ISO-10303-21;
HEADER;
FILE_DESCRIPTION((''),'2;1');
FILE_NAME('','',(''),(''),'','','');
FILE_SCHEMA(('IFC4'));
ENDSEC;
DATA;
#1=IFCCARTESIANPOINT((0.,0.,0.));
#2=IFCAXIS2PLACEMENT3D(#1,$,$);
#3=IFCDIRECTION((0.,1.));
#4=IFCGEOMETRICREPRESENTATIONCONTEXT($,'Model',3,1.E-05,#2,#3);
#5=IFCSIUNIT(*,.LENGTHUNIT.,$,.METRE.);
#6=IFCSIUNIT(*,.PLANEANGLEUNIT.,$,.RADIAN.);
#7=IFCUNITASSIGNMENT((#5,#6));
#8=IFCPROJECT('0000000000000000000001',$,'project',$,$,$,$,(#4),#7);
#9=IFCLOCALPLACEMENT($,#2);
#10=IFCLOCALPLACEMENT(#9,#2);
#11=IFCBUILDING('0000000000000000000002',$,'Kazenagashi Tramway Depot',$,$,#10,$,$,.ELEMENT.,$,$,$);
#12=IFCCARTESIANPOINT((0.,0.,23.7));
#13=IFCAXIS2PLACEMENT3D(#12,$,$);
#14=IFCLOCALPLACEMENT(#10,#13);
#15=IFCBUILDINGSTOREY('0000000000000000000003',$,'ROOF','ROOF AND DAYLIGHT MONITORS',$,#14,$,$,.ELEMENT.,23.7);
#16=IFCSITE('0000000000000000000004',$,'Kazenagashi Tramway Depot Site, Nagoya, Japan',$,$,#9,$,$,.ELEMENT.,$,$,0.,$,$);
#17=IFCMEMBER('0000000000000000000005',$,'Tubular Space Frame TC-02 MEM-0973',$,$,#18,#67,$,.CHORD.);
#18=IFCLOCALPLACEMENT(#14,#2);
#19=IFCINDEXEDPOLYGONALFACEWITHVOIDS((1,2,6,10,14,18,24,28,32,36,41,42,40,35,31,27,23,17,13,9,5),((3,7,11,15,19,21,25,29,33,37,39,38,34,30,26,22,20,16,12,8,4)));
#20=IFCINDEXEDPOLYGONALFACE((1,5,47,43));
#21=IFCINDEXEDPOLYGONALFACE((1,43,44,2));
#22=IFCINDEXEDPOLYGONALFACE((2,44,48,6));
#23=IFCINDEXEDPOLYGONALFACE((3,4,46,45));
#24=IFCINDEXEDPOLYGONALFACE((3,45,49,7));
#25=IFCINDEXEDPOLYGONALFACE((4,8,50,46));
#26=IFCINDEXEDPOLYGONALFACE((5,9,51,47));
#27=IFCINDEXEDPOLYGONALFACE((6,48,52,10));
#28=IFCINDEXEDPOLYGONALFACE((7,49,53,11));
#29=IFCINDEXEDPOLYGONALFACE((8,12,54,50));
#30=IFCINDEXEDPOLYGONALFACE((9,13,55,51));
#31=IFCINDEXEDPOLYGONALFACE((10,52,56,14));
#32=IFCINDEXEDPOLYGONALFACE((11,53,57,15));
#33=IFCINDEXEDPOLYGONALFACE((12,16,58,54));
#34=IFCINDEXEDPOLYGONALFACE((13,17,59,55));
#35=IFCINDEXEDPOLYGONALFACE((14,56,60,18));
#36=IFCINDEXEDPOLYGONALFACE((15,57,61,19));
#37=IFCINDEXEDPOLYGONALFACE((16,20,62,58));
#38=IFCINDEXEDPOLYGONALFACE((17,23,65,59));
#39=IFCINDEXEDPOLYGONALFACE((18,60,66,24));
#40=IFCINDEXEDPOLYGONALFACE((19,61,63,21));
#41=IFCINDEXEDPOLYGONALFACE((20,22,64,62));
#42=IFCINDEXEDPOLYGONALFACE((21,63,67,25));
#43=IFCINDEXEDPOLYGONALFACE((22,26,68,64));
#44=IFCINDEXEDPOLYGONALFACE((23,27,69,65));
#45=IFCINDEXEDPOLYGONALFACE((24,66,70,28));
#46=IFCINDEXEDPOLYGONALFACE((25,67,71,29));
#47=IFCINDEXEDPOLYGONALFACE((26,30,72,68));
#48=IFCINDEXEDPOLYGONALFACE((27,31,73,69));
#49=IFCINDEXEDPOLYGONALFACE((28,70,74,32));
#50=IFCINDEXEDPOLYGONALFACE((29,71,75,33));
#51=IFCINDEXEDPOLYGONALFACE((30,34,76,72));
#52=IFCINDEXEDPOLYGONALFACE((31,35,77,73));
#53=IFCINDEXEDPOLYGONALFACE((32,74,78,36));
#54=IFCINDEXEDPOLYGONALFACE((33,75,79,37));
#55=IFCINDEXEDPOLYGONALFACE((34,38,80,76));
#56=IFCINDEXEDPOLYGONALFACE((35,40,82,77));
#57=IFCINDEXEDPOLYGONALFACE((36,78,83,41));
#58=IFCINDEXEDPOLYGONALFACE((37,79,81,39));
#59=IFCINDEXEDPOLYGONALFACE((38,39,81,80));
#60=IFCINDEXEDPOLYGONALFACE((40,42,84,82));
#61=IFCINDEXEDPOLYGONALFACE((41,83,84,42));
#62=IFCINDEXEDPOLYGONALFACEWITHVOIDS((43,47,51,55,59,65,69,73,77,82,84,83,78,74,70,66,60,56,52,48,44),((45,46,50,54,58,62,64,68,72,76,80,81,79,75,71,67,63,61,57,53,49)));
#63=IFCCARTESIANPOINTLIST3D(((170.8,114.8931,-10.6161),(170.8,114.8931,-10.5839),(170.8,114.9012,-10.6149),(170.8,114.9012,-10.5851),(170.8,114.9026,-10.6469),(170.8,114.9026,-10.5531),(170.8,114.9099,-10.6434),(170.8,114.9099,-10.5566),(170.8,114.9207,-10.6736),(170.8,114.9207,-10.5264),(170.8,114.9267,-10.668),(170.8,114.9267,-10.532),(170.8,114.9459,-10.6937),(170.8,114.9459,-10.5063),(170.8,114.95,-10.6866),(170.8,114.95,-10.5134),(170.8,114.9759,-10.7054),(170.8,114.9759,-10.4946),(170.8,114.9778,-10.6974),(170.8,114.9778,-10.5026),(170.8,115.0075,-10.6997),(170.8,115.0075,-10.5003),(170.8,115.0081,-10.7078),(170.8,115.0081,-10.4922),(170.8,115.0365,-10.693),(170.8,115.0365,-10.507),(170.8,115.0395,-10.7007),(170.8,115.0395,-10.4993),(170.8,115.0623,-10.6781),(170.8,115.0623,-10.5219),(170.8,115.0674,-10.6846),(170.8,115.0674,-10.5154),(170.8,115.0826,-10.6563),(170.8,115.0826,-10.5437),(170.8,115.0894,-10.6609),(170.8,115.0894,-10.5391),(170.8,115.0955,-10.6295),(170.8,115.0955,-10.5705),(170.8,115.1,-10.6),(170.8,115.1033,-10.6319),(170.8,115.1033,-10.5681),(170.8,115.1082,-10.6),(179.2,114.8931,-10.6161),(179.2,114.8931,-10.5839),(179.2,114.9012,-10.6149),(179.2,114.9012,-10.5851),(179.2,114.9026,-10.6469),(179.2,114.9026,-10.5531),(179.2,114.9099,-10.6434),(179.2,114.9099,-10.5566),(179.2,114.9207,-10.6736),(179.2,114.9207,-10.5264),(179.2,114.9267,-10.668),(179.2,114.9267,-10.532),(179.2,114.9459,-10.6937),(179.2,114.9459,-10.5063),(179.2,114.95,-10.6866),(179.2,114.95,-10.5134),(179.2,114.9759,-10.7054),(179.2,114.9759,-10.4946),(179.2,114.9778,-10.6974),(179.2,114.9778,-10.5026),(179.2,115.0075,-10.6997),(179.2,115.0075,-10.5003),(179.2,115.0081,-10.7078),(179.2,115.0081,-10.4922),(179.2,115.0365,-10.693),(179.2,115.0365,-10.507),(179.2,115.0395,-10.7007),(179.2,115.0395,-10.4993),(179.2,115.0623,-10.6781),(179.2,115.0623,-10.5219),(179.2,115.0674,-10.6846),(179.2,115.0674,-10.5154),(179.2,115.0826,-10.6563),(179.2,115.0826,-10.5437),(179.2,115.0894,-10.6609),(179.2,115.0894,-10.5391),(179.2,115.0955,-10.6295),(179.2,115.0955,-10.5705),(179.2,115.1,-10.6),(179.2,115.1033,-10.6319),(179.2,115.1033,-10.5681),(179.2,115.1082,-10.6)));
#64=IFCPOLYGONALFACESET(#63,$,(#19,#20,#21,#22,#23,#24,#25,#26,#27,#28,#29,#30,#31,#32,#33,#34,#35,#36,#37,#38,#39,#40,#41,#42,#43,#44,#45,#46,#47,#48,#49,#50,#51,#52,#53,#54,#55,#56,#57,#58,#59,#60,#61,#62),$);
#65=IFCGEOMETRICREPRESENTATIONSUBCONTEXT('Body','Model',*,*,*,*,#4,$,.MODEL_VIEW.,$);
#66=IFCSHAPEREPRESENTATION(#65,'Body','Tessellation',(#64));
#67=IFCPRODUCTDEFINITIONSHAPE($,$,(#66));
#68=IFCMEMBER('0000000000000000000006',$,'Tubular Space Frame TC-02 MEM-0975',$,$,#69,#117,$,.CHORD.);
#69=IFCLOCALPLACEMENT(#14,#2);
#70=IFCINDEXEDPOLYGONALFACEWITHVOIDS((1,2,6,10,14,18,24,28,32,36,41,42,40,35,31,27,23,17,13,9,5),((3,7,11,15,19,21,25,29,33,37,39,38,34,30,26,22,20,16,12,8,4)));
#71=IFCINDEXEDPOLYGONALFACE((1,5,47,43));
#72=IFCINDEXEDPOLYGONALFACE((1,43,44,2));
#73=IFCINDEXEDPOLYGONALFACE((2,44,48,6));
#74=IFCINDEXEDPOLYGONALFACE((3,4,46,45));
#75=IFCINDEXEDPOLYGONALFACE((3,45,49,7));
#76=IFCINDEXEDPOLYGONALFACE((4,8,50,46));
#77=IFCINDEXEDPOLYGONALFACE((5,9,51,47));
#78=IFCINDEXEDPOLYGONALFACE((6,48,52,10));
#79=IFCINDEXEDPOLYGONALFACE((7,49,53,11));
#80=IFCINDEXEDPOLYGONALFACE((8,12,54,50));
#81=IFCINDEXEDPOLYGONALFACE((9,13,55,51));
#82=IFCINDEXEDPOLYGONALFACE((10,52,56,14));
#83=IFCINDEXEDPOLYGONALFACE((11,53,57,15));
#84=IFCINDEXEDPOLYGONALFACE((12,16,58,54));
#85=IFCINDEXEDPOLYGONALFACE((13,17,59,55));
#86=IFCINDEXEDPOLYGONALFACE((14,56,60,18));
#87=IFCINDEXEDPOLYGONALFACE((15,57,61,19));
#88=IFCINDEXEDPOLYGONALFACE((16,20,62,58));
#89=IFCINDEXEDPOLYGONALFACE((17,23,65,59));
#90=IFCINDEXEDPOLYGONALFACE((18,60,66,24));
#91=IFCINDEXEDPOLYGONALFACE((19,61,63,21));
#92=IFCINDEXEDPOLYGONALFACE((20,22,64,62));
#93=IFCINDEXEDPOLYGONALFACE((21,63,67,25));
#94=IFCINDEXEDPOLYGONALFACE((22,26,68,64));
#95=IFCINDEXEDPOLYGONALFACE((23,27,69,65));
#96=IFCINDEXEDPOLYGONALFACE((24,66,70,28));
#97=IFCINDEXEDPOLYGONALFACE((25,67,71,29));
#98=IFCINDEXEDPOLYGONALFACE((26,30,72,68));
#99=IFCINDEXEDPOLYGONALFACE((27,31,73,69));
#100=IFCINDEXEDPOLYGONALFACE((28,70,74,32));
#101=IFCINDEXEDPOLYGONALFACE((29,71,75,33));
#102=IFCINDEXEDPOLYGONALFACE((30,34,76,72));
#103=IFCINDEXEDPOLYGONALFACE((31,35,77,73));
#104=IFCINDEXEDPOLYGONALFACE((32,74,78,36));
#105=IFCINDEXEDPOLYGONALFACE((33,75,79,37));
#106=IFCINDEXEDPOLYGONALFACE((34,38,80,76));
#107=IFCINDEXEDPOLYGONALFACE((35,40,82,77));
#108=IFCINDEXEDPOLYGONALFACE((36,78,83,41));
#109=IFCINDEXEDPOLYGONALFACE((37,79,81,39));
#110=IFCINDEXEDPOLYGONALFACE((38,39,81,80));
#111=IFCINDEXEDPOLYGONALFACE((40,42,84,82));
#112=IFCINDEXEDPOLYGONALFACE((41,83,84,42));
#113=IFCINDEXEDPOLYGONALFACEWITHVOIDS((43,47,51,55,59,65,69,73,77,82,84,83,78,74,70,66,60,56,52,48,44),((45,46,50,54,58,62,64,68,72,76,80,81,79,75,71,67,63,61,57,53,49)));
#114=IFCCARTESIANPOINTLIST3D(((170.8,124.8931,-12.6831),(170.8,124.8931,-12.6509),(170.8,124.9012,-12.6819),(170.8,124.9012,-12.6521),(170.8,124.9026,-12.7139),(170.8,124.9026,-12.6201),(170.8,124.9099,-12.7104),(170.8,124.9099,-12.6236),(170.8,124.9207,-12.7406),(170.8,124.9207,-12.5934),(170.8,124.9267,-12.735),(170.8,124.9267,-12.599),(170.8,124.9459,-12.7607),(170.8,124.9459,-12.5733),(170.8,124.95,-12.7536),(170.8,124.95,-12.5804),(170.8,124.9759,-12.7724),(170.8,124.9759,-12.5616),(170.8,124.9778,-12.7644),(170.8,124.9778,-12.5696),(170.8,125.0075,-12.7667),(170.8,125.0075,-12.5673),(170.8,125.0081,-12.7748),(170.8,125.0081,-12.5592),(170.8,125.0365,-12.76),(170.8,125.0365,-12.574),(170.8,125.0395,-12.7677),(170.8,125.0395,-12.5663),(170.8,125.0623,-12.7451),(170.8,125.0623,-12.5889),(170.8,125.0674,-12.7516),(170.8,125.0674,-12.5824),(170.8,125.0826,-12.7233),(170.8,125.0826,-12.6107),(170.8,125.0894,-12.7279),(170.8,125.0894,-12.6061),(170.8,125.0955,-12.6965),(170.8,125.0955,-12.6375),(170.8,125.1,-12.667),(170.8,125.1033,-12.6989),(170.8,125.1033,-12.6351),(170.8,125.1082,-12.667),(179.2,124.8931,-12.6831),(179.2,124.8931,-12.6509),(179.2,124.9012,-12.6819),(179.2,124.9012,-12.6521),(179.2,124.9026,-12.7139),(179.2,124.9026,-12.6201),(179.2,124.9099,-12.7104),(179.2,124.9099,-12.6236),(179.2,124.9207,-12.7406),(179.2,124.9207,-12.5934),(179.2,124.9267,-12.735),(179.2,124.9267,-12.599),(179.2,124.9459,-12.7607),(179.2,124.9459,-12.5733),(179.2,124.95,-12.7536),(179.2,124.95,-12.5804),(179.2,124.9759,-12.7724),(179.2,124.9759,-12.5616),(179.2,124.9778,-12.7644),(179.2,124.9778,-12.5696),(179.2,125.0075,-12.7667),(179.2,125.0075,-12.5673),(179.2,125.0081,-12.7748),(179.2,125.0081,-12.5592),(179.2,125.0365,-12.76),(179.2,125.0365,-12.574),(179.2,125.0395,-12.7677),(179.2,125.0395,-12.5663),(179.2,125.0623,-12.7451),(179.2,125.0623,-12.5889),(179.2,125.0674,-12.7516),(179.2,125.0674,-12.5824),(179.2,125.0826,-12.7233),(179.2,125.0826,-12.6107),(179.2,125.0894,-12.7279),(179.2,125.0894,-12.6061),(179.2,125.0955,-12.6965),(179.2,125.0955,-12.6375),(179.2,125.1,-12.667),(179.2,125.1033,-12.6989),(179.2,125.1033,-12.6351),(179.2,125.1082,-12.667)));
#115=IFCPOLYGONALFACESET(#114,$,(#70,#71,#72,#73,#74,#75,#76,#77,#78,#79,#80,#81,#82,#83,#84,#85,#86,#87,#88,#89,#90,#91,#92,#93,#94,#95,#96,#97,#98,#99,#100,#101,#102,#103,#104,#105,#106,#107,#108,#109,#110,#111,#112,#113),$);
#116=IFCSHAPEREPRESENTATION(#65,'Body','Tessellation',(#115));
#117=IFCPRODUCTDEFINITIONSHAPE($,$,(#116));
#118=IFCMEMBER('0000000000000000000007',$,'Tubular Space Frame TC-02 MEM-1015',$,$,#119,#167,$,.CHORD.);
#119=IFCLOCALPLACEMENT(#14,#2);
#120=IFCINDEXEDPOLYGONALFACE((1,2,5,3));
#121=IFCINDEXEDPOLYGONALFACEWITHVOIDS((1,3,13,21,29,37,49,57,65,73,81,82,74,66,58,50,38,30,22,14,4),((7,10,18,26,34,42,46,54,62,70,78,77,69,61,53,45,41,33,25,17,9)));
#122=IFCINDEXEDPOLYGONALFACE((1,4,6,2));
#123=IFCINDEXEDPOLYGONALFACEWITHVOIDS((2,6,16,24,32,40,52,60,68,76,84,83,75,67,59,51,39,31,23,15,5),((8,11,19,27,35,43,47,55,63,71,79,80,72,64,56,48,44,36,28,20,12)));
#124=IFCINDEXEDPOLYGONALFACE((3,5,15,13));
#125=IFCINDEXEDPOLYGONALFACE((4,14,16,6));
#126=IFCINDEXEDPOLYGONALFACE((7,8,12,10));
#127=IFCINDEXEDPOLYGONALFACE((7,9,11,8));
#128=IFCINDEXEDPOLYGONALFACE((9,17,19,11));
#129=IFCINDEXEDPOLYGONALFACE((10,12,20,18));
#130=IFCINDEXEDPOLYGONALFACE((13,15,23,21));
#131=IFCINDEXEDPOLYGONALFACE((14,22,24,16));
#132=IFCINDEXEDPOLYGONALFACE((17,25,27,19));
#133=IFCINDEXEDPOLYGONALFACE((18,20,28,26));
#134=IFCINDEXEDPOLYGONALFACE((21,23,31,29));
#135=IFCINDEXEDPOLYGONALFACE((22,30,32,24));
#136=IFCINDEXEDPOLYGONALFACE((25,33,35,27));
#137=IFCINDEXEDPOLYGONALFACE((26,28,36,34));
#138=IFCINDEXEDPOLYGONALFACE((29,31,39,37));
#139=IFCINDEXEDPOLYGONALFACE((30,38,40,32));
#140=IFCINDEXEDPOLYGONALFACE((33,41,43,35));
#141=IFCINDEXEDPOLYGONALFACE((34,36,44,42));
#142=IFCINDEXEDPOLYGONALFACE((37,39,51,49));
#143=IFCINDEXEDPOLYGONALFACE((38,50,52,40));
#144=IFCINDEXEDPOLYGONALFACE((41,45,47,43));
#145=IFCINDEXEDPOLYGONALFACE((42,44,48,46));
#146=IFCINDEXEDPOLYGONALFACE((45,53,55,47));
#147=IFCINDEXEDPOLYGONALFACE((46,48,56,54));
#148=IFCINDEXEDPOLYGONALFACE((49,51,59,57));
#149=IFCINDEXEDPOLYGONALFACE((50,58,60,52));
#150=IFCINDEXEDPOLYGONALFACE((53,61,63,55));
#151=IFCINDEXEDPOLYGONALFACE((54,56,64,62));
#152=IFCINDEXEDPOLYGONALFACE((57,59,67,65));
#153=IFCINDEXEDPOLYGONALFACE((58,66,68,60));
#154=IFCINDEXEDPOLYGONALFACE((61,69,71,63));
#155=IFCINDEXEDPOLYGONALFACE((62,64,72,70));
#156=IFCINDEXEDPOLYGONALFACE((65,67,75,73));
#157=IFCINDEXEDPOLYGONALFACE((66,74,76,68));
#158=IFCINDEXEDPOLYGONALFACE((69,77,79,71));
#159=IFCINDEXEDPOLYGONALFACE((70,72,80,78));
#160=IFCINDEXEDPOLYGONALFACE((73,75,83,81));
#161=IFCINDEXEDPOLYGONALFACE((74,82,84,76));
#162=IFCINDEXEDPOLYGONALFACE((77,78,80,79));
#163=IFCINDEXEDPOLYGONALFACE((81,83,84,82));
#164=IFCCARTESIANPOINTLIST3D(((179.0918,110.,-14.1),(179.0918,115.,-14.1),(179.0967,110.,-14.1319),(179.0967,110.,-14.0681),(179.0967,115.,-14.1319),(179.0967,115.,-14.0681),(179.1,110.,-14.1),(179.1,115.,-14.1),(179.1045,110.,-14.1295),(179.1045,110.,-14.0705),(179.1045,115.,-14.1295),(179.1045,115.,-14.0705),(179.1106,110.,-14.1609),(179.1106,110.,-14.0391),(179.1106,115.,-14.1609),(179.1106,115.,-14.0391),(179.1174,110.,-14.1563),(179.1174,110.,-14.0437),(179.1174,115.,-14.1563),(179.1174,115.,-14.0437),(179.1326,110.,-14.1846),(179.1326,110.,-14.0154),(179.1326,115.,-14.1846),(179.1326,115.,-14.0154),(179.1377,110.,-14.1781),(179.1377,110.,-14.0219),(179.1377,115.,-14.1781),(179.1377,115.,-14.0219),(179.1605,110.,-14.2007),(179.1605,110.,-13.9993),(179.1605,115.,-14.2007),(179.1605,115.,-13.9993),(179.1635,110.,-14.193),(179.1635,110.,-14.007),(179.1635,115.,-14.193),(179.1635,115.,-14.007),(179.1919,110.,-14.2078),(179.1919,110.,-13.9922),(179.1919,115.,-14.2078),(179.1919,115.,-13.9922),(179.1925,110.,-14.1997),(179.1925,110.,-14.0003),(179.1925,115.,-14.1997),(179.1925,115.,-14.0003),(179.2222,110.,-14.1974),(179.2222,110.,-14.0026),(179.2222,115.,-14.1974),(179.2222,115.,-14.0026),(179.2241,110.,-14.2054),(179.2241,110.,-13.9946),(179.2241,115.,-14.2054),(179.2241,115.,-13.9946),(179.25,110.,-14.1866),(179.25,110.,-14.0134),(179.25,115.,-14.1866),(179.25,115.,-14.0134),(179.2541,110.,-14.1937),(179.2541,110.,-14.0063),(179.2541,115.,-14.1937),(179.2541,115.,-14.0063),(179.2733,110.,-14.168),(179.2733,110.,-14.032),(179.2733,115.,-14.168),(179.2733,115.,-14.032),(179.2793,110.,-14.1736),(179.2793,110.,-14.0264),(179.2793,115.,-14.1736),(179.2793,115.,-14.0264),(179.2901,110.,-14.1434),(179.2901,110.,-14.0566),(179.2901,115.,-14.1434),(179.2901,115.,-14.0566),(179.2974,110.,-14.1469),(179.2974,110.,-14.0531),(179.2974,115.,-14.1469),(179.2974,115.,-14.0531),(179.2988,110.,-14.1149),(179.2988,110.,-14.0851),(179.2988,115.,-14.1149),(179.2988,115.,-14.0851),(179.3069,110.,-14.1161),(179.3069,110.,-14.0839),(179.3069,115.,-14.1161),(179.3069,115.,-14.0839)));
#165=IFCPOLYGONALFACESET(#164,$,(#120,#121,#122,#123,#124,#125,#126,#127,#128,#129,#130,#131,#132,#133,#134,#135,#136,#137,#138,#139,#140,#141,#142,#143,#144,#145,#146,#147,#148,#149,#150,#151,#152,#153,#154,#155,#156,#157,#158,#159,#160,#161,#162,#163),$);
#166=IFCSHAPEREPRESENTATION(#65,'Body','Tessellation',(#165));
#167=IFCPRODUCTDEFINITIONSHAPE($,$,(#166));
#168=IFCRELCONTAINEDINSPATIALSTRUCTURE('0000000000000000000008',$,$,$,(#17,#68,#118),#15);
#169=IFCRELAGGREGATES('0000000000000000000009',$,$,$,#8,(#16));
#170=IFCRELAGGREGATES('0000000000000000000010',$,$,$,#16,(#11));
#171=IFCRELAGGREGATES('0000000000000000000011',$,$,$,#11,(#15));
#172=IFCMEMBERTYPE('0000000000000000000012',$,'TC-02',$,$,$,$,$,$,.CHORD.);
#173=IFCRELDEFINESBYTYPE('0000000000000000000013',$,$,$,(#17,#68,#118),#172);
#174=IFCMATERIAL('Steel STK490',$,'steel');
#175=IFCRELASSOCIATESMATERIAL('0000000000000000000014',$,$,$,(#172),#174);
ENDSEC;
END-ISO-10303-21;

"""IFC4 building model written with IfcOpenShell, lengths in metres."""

from ifc_helpers import new_model, si_unit, direction, frame, origin, origin_2d, place, context, subcontext, project, spatial, hollow_circle, extrude, material, material_profile, profile_set, type_object, element, save


model = new_model("IFC4")

# Units and contexts
model_context = context("Model", 3, precision=1e-05, world=origin(), true_north=direction((0.0, 1.0)))
body_context = subcontext(model_context, "Body", "Model", "MODEL_VIEW")
ifc_project = project(units=[si_unit("LENGTHUNIT", "METRE"), si_unit("PLANEANGLEUNIT", "RADIAN")], contexts=[model_context])

# Site, building, storey
site_placement = place(None, origin())
site = spatial("IfcSite", under=ifc_project, at=site_placement, Name="Kazenagashi Tramway Depot Site, Nagoya, Japan", CompositionType="ELEMENT", RefElevation=0.0)
building_placement = place(site_placement, origin())
building = spatial("IfcBuilding", under=site, at=building_placement, Name="Kazenagashi Tramway Depot", CompositionType="ELEMENT")
storey_placement = place(building_placement, frame((0.0, 0.0, 23.7)))
storey = spatial("IfcBuildingStorey", under=building, at=storey_placement, Name="ROOF", Description="ROOF AND DAYLIGHT MONITORS", CompositionType="ELEMENT", Elevation=23.7)

# Members
ifc_material_1 = material(Name="Steel STK490", Category="steel")
ifc_material_profile_1 = material_profile(ifc_material_1, hollow_circle(Radius=0.1081, WallThickness=0.0082, at=origin_2d()), Name="CHS-216.3x8.2")
ifc_profile_set_1 = profile_set([ifc_material_profile_1], Name="Steel STK490")
member_type_1 = type_object("IfcMemberType", Name="TC-02", PredefinedType="CHORD", material=ifc_profile_set_1)
for number, where, z_axis, x_axis, name in (
    (1, (170.8, 115.0, -10.6), (1.0, 0.0, 0.0), (0.0, 1.0, 0.0), "Tubular Space Frame TC-02 MEM-0973"),
    (2, (170.8, 125.0, -12.667), (1.0, 0.0, 0.0), (0.0, 1.0, 0.0), "Tubular Space Frame TC-02 MEM-0975"),
):
    element("IfcMember", number, at=place(storey_placement, frame(where, z_axis=z_axis, x_axis=x_axis)), inside=storey, type_object=member_type_1, Name=name, PredefinedType="CHORD", context=body_context, shape_type="SweptSolid", body=[
        extrude(hollow_circle(Radius=0.1081, WallThickness=0.0082, at=origin_2d()), origin(), (0.0, 0.0, 1.0), 8.4),
    ])
member_1_placement = place(storey_placement, frame((179.2, 110.0, -14.1), z_axis=(0.0, 1.0, 0.0), x_axis=(-1.0, 0.0, 0.0)))
element("IfcMember", 3, at=member_1_placement, inside=storey, type_object=member_type_1, Name="Tubular Space Frame TC-02 MEM-1015", PredefinedType="CHORD", context=body_context, shape_type="SweptSolid", body=[
    extrude(hollow_circle(Radius=0.1081, WallThickness=0.0082, at=origin_2d()), origin(), (0.0, 0.0, 1.0), 5.0),
])

save(model, "model.ifc")
